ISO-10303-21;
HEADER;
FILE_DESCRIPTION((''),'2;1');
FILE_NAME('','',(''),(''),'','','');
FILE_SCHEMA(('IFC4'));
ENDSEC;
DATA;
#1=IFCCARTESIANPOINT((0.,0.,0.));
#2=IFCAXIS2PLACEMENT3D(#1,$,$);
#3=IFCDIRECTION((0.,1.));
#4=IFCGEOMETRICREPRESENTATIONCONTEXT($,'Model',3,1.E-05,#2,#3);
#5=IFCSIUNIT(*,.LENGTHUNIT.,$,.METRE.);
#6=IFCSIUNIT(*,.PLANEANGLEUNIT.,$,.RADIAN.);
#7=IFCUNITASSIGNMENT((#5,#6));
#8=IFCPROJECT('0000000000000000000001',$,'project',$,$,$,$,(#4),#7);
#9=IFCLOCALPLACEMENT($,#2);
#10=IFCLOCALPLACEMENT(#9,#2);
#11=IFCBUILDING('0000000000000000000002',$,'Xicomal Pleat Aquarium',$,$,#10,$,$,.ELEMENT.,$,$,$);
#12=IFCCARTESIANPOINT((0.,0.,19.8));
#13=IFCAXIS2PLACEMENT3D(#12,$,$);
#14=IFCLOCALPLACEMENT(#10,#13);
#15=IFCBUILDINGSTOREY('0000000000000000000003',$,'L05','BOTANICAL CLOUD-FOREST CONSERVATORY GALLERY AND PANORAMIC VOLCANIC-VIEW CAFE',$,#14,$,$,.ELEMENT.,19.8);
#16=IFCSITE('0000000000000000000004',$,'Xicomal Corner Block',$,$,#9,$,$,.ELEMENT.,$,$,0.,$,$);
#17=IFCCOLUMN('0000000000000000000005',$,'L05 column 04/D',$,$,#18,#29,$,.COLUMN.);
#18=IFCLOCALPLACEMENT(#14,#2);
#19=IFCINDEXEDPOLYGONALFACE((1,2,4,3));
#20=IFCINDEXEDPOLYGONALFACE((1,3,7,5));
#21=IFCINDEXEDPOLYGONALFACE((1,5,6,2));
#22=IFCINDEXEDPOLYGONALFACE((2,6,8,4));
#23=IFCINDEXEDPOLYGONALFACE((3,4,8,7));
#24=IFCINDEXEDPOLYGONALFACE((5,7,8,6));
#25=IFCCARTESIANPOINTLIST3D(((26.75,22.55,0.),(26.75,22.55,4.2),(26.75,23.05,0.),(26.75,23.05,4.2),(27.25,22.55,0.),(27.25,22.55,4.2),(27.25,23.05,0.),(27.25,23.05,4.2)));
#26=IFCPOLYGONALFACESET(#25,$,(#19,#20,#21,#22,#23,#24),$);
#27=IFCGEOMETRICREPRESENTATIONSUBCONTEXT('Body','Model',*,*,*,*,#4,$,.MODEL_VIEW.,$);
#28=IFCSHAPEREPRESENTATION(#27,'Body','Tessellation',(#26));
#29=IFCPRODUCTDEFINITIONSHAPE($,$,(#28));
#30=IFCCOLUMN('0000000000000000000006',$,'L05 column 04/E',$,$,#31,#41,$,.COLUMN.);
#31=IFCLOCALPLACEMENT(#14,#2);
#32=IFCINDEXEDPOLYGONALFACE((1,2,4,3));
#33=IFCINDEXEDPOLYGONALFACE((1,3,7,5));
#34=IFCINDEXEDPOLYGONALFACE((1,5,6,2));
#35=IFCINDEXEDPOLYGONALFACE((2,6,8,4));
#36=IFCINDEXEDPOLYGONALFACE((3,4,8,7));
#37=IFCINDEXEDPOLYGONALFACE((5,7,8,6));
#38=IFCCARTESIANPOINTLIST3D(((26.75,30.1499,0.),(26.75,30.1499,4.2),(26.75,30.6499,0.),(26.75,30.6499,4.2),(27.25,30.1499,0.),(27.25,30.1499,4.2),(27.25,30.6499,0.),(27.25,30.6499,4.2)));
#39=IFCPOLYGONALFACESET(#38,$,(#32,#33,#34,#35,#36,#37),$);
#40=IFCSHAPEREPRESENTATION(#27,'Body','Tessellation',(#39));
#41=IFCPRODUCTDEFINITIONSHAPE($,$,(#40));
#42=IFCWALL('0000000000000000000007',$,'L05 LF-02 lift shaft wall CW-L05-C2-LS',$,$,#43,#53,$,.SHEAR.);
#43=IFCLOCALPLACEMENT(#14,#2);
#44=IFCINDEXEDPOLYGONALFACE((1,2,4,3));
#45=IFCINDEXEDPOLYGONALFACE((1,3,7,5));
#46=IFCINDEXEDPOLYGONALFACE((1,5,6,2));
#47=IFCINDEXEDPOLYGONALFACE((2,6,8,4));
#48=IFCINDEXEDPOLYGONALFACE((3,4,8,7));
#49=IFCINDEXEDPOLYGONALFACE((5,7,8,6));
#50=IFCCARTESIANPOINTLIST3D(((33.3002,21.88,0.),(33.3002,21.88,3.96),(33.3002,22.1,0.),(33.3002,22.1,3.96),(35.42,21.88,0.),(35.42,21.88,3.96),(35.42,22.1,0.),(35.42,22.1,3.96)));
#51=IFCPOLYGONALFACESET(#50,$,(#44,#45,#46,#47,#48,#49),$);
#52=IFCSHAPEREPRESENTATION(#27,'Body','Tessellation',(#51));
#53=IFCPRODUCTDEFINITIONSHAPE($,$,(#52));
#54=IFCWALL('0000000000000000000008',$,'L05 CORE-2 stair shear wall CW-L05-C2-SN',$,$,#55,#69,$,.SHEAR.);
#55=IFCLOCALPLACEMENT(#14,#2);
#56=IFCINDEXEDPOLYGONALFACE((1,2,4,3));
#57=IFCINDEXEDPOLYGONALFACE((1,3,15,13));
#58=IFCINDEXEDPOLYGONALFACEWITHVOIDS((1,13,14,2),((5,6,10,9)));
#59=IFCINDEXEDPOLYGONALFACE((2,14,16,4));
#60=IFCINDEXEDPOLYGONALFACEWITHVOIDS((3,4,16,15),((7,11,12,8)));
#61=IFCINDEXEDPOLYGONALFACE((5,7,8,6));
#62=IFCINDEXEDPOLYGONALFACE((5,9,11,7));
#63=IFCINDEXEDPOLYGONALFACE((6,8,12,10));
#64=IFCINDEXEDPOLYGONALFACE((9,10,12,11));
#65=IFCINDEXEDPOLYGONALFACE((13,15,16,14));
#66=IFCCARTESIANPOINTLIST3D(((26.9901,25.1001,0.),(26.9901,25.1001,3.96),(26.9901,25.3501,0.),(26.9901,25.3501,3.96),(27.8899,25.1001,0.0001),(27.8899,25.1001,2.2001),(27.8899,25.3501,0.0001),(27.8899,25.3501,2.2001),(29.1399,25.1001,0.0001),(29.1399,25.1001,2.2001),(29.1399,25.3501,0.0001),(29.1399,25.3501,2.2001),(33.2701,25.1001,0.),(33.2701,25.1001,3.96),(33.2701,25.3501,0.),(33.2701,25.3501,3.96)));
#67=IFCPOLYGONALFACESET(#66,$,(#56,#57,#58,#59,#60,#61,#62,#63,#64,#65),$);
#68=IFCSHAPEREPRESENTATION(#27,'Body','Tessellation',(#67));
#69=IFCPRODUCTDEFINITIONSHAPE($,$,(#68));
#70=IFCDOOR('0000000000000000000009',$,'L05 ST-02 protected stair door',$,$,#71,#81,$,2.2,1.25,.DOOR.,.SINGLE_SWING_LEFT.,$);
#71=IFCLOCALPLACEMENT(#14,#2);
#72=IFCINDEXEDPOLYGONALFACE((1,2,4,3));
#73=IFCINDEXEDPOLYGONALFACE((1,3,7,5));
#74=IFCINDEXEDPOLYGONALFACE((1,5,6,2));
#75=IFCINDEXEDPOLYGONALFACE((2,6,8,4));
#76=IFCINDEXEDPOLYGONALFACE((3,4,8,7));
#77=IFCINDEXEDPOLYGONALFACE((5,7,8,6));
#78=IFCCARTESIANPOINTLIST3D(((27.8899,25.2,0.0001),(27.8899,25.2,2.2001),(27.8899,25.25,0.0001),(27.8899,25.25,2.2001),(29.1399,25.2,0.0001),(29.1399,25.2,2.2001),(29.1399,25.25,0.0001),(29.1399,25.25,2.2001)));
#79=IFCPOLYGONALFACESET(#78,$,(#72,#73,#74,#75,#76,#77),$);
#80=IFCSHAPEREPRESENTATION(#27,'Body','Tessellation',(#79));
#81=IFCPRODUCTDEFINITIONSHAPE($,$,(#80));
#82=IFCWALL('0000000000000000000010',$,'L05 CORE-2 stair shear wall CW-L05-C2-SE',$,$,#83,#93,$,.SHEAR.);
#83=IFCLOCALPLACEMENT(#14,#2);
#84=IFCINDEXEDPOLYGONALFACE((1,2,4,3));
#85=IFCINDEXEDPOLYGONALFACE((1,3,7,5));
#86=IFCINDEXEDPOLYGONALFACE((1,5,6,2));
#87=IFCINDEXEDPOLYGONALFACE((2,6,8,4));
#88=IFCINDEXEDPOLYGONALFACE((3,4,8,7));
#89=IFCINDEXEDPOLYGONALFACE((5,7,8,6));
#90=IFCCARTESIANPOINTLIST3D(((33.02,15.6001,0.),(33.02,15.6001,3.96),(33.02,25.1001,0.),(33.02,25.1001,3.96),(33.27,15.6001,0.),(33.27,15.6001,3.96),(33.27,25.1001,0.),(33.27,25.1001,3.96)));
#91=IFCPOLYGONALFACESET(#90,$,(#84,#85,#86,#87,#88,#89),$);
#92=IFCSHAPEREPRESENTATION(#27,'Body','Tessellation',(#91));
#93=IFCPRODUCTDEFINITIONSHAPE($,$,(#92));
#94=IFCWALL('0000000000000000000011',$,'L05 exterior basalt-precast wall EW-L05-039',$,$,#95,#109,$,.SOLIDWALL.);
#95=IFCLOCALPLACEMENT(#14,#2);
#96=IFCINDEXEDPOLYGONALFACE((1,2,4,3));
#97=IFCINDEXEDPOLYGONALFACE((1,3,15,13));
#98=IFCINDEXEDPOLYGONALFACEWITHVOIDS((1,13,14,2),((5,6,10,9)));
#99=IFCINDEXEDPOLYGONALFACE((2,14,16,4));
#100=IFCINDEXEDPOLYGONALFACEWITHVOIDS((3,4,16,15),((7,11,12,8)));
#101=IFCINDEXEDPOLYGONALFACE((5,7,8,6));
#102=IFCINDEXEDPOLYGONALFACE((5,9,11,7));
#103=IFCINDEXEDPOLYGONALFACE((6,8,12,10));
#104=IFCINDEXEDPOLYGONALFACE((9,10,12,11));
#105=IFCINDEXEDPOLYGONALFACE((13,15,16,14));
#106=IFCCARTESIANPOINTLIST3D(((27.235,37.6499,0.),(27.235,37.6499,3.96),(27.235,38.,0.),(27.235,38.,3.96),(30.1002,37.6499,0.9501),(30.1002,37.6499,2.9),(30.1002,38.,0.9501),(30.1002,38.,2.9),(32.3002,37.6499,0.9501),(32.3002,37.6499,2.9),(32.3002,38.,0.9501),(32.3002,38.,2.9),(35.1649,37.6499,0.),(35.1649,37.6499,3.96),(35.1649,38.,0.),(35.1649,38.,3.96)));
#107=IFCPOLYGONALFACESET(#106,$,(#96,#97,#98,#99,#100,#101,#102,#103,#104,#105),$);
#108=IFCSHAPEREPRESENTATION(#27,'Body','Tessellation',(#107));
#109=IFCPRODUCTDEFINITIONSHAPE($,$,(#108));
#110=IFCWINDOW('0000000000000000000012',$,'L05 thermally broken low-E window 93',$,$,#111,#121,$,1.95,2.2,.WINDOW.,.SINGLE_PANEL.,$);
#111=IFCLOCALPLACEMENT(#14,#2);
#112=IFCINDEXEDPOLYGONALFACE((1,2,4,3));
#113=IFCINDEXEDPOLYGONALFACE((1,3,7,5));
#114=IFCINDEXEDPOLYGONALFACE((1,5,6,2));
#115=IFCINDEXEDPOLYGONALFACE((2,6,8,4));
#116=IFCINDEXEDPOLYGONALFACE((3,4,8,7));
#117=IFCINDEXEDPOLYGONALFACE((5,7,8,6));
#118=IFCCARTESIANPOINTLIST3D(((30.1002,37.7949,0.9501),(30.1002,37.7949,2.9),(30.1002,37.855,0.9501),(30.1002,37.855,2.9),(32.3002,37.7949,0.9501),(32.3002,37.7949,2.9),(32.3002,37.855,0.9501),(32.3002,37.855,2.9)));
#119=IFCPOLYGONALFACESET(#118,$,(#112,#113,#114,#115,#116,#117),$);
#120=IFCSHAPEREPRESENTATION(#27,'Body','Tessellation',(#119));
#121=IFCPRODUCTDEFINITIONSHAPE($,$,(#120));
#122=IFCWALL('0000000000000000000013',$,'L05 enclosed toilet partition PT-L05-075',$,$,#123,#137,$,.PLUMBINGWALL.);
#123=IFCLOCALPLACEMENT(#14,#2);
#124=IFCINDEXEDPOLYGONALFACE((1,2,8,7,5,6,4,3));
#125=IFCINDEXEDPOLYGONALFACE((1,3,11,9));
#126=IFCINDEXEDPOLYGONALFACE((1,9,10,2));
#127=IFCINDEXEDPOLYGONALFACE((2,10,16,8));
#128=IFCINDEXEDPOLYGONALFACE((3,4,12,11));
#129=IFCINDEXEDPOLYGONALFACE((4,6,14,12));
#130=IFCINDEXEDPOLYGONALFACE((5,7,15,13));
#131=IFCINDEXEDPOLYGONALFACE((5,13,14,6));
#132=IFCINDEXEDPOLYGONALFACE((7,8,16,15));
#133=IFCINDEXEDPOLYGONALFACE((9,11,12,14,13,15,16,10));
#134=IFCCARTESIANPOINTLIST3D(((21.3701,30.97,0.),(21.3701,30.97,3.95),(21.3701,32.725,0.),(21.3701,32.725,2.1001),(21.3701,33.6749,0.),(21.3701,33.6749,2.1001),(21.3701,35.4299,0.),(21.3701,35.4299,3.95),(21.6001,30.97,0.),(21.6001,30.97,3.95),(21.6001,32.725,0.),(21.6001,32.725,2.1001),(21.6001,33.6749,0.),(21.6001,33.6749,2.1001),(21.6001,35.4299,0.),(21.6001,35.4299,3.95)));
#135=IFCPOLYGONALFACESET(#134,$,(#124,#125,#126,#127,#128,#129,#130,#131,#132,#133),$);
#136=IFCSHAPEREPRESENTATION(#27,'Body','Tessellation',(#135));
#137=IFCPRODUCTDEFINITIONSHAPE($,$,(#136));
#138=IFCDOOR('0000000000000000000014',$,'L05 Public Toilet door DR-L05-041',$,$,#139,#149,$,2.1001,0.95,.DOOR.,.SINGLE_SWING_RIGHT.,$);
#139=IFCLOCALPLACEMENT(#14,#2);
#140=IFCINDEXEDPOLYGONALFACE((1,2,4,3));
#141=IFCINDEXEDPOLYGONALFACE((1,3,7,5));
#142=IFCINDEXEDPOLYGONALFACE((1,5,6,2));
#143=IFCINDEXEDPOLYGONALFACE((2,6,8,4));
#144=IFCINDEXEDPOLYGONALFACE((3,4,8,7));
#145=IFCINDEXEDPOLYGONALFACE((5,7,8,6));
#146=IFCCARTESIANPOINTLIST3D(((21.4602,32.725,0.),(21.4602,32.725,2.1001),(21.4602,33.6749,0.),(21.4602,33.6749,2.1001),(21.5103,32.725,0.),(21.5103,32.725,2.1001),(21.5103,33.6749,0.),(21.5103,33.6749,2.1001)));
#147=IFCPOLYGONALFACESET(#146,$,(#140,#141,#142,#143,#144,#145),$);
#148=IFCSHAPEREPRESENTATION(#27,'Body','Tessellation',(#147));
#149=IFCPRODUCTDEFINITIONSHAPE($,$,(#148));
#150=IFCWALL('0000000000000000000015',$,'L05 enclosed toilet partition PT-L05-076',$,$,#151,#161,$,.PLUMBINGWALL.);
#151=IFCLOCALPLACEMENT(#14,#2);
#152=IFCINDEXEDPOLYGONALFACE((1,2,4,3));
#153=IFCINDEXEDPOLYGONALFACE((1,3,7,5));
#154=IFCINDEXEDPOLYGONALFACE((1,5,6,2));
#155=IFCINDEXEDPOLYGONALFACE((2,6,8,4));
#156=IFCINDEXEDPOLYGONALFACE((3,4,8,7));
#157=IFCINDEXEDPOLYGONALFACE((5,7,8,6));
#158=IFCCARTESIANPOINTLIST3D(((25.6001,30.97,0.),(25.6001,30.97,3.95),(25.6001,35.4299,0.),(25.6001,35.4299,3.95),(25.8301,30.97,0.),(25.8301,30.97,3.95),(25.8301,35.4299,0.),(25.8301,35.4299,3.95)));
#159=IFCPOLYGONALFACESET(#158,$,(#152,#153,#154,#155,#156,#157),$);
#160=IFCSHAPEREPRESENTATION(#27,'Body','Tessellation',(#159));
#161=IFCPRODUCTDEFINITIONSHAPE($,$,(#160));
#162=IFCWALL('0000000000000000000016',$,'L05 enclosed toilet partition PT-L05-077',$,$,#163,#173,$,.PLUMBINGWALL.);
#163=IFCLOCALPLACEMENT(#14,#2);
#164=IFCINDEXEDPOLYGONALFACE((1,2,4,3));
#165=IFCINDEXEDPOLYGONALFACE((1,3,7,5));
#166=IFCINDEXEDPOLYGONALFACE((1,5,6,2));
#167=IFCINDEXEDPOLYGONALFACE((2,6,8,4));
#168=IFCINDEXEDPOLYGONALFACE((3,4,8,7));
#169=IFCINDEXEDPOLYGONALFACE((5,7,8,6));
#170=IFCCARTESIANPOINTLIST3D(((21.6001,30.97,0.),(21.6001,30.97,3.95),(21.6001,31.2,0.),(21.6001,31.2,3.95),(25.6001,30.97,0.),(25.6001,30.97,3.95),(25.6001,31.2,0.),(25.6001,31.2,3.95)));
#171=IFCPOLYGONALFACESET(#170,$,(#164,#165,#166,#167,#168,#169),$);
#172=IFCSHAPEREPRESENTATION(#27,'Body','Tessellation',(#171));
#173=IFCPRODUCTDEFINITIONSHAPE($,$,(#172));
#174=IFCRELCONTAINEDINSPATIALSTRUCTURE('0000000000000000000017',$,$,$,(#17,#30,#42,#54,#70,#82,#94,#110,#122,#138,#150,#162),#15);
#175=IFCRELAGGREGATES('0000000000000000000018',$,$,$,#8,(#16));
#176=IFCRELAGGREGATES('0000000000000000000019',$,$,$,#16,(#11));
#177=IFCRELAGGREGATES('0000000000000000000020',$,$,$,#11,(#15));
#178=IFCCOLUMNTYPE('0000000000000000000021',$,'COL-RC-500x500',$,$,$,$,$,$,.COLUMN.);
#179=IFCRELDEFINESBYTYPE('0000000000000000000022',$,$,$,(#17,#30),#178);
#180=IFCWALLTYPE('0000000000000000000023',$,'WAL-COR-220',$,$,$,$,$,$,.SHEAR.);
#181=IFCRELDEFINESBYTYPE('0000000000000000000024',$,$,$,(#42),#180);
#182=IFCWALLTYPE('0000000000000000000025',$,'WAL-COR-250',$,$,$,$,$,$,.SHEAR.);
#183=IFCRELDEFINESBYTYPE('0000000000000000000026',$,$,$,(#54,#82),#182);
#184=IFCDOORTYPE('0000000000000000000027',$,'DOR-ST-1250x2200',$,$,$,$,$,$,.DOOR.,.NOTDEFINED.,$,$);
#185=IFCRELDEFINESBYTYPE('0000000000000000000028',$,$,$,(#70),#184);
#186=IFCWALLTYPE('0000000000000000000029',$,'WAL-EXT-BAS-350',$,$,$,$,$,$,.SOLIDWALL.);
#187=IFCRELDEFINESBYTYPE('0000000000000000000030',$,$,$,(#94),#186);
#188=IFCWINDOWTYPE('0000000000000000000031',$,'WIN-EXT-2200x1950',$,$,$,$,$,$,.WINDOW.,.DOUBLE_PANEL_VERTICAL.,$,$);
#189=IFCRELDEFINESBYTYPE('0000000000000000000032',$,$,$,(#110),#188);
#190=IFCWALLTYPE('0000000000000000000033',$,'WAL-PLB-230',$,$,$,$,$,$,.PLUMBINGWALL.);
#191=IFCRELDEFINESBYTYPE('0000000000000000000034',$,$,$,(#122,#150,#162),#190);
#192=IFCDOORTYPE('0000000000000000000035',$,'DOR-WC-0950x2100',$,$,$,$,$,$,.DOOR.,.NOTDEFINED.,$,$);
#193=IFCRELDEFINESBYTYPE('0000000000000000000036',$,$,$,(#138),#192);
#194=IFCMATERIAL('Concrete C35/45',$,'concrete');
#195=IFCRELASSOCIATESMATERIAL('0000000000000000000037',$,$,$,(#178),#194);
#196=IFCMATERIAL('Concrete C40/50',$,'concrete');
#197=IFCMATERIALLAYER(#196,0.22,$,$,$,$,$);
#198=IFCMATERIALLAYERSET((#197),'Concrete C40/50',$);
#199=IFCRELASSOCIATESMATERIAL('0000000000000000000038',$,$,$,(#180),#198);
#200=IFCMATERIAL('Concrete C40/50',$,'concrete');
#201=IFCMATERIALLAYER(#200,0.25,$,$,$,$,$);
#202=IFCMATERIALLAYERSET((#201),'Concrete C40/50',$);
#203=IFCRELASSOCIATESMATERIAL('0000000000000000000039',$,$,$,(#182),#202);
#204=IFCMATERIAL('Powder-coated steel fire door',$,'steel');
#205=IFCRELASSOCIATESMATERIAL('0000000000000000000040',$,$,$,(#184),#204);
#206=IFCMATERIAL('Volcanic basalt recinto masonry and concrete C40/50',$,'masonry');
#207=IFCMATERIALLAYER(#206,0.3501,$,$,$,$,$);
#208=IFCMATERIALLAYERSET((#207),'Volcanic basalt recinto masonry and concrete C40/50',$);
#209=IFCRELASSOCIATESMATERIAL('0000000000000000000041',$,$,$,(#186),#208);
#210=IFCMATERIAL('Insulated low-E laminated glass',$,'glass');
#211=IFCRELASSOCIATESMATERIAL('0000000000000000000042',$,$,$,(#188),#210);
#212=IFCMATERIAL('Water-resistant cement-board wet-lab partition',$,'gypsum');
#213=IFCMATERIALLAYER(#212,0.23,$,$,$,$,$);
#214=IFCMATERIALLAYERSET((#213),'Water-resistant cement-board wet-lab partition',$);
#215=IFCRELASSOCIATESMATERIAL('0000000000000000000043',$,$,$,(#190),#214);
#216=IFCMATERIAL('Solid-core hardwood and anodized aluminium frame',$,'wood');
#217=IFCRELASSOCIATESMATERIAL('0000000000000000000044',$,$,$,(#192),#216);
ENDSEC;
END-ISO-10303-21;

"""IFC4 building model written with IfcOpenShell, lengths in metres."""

from ifc_helpers import new_model, si_unit, direction, frame, frame_2d, origin, origin_2d, place, context, subcontext, project, spatial, rectangle, extrude, material, layer, layer_set, material_profile, profile_set, type_object, element, fill, save


model = new_model("IFC4")

# Units and contexts
model_context = context("Model", 3, precision=1e-05, world=origin(), true_north=direction((0.0, 1.0)))
body_context = subcontext(model_context, "Body", "Model", "MODEL_VIEW")
ifc_project = project(units=[si_unit("LENGTHUNIT", "METRE"), si_unit("PLANEANGLEUNIT", "RADIAN")], contexts=[model_context])

# Site, building, storey
site_placement = place(None, origin())
site = spatial("IfcSite", under=ifc_project, at=site_placement, Name="Xicomal Corner Block", CompositionType="ELEMENT", RefElevation=0.0)
building_placement = place(site_placement, origin())
building = spatial("IfcBuilding", under=site, at=building_placement, Name="Xicomal Pleat Aquarium", CompositionType="ELEMENT")
storey_placement = place(building_placement, frame((0.0, 0.0, 19.8)))
storey = spatial("IfcBuildingStorey", under=building, at=storey_placement, Name="L05", Description="BOTANICAL CLOUD-FOREST CONSERVATORY GALLERY AND PANORAMIC VOLCANIC-VIEW CAFE", CompositionType="ELEMENT", Elevation=19.8)

# Columns
ifc_material_1 = material(Name="Concrete C35/45", Category="concrete")
ifc_material_profile = material_profile(ifc_material_1, rectangle(XDim=0.5, YDim=0.5, at=origin_2d()), Name="RC 500x500")
ifc_profile_set = profile_set([ifc_material_profile], Name="Concrete C35/45")
column_type = type_object("IfcColumnType", Name="COL-RC-500x500", PredefinedType="COLUMN", material=ifc_profile_set)
for number, where, z_axis, x_axis, name in (
    (1, (27.0, 22.8, 0.0), (0.0, 0.0, 1.0), (1.0, 0.0, 0.0), "L05 column 04/D"),
    (2, (27.0, 30.3999, 0.0), (0.0, 0.0, 1.0), (1.0, 0.0, 0.0), "L05 column 04/E"),
):
    element("IfcColumn", number, at=place(storey_placement, frame(where, z_axis=z_axis, x_axis=x_axis)), inside=storey, type_object=column_type, Name=name, PredefinedType="COLUMN", context=body_context, shape_type="SweptSolid", body=[
        extrude(rectangle(XDim=0.5, YDim=0.5, at=origin_2d()), origin(), (0.0, 0.0, 1.0), 4.2),
    ])

# Wall
ifc_material_2 = material(Name="Concrete C40/50", Category="concrete")
ifc_layer_1 = layer(ifc_material_2, 0.22)
ifc_layer_set_1 = layer_set([ifc_layer_1], Name="Concrete C40/50")
wall_type_1 = type_object("IfcWallType", Name="WAL-COR-220", PredefinedType="SHEAR", material=ifc_layer_set_1)
wall_1_placement = place(storey_placement, frame((33.3, 21.99, 0.0), z_axis=(0.0, 0.0, 1.0), x_axis=(1.0, 0.0, 0.0)))
element("IfcWall", 3, at=wall_1_placement, inside=storey, type_object=wall_type_1, Name="L05 LF-02 lift shaft wall CW-L05-C2-LS", PredefinedType="SHEAR", context=body_context, shape_type="SweptSolid", body=[
    extrude(rectangle(XDim=2.1199, YDim=0.22, at=frame_2d((1.0601, 0.0))), origin(), (0.0, 0.0, 1.0), 3.96),
])

# Wall, opening, door
ifc_material_3 = material(Name="Concrete C40/50", Category="concrete")
ifc_layer_2 = layer(ifc_material_3, 0.25)
ifc_layer_set_2 = layer_set([ifc_layer_2], Name="Concrete C40/50")
wall_type_2 = type_object("IfcWallType", Name="WAL-COR-250", PredefinedType="SHEAR", material=ifc_layer_set_2)
wall_2_placement = place(storey_placement, frame((26.99, 25.2251, 0.0), z_axis=(0.0, 0.0, 1.0), x_axis=(1.0, 0.0, 0.0)))
wall_2 = element("IfcWall", 4, at=wall_2_placement, inside=storey, type_object=wall_type_2, Name="L05 CORE-2 stair shear wall CW-L05-C2-SN", PredefinedType="SHEAR", context=body_context, shape_type="SweptSolid", body=[
    extrude(rectangle(XDim=6.28, YDim=0.25, at=frame_2d((3.1401, 0.0))), origin(), (0.0, 0.0, 1.0), 3.96),
])
opening_1_placement = place(wall_2_placement, frame((0.8999, 0.0, 0.0)))
opening_1 = element("IfcOpeningElement", 5, at=opening_1_placement, cuts=wall_2, PredefinedType="OPENING", context=body_context, shape_type="SweptSolid", body=[
    extrude(rectangle(XDim=1.25, YDim=2.2, at=frame_2d((0.625, 1.1001))), frame((0.0, 0.135, 0.0), z_axis=(0.0, -1.0, 0.0), x_axis=(1.0, 0.0, 0.0)), (0.0, 0.0, 1.0), 0.27),
])
ifc_material_4 = material(Name="Powder-coated steel fire door", Category="steel")
door_type_1 = type_object("IfcDoorType", Name="DOR-ST-1250x2200", OperationType="NOTDEFINED", PredefinedType="DOOR", material=ifc_material_4)
door_1_placement = place(opening_1_placement, origin())
door_1 = element("IfcDoor", 6, at=door_1_placement, inside=storey, type_object=door_type_1, Name="L05 ST-02 protected stair door", OperationType="SINGLE_SWING_LEFT", OverallHeight=2.2, OverallWidth=1.25, PredefinedType="DOOR", context=body_context, shape_type="SweptSolid", body=[
    extrude(rectangle(XDim=1.25, YDim=2.2, at=frame_2d((0.625, 1.1001))), frame((0.0, 0.0249, 0.0), z_axis=(0.0, -1.0, 0.0), x_axis=(1.0, 0.0, 0.0)), (0.0, 0.0, 1.0), 0.05),
])
fill(opening_1, door_1)

# Wall
wall_3_placement = place(storey_placement, frame((33.145, 15.6001, 0.0), z_axis=(0.0, 0.0, 1.0), x_axis=(0.0, 1.0, 0.0)))
element("IfcWall", 7, at=wall_3_placement, inside=storey, type_object=wall_type_2, Name="L05 CORE-2 stair shear wall CW-L05-C2-SE", PredefinedType="SHEAR", context=body_context, shape_type="SweptSolid", body=[
    extrude(rectangle(XDim=9.5, YDim=0.25, at=frame_2d((4.75, 0.0))), origin(), (0.0, 0.0, 1.0), 3.96),
])

# Wall, opening, window
ifc_material_5 = material(Name="Volcanic basalt recinto masonry and concrete C40/50", Category="masonry")
ifc_layer_3 = layer(ifc_material_5, 0.3501)
ifc_layer_set_3 = layer_set([ifc_layer_3], Name="Volcanic basalt recinto masonry and concrete C40/50")
wall_type_3 = type_object("IfcWallType", Name="WAL-EXT-BAS-350", PredefinedType="SOLIDWALL", material=ifc_layer_set_3)
wall_4_placement = place(storey_placement, frame((27.2351, 37.825, 0.0), z_axis=(0.0, 0.0, 1.0), x_axis=(1.0, 0.0, 0.0)))
wall_4 = element("IfcWall", 8, at=wall_4_placement, inside=storey, type_object=wall_type_3, Name="L05 exterior basalt-precast wall EW-L05-039", PredefinedType="SOLIDWALL", context=body_context, shape_type="SweptSolid", body=[
    extrude(rectangle(XDim=7.9299, YDim=0.3501, at=frame_2d((3.9648, 0.0))), origin(), (0.0, 0.0, 1.0), 3.96),
])
opening_2_placement = place(wall_4_placement, frame((2.865, 0.0, 0.95)))
opening_2 = element("IfcOpeningElement", 9, at=opening_2_placement, cuts=wall_4, PredefinedType="OPENING", context=body_context, shape_type="SweptSolid", body=[
    extrude(rectangle(XDim=2.2, YDim=1.95, at=frame_2d((1.1001, 0.9751))), frame((0.0, 0.1851, 0.0), z_axis=(0.0, -1.0, 0.0), x_axis=(1.0, 0.0, 0.0)), (0.0, 0.0, 1.0), 0.3701),
])
ifc_material_6 = material(Name="Insulated low-E laminated glass", Category="glass")
window_type = type_object("IfcWindowType", Name="WIN-EXT-2200x1950", PartitioningType="DOUBLE_PANEL_VERTICAL", PredefinedType="WINDOW", material=ifc_material_6)
window_placement = place(opening_2_placement, origin())
window = element("IfcWindow", 10, at=window_placement, inside=storey, type_object=window_type, Name="L05 thermally broken low-E window 93", OverallHeight=1.95, OverallWidth=2.2, PartitioningType="SINGLE_PANEL", PredefinedType="WINDOW", context=body_context, shape_type="SweptSolid", body=[
    extrude(rectangle(XDim=2.2, YDim=1.95, at=frame_2d((1.1001, 0.9751))), frame((0.0, 0.03, 0.0), z_axis=(0.0, -1.0, 0.0), x_axis=(1.0, 0.0, 0.0)), (0.0, 0.0, 1.0), 0.0601),
])
fill(opening_2, window)

# Wall, opening, door
ifc_material_7 = material(Name="Water-resistant cement-board wet-lab partition", Category="gypsum")
ifc_layer_4 = layer(ifc_material_7, 0.23)
ifc_layer_set_4 = layer_set([ifc_layer_4], Name="Water-resistant cement-board wet-lab partition")
wall_type_4 = type_object("IfcWallType", Name="WAL-PLB-230", PredefinedType="PLUMBINGWALL", material=ifc_layer_set_4)
wall_5_placement = place(storey_placement, frame((21.4851, 30.97, 0.0), z_axis=(0.0, 0.0, 1.0), x_axis=(0.0, 1.0, 0.0)))
wall_5 = element("IfcWall", 11, at=wall_5_placement, inside=storey, type_object=wall_type_4, Name="L05 enclosed toilet partition PT-L05-075", PredefinedType="PLUMBINGWALL", context=body_context, shape_type="SweptSolid", body=[
    extrude(rectangle(XDim=4.46, YDim=0.23, at=frame_2d((2.23, 0.0))), origin(), (0.0, 0.0, 1.0), 3.95),
])
opening_3_placement = place(wall_5_placement, frame((1.7549, 0.0, 0.0)))
opening_3 = element("IfcOpeningElement", 12, at=opening_3_placement, cuts=wall_5, PredefinedType="OPENING", context=body_context, shape_type="SweptSolid", body=[
    extrude(rectangle(XDim=0.95, YDim=2.1001, at=frame_2d((0.4751, 1.05))), frame((0.0, 0.125, 0.0), z_axis=(0.0, -1.0, 0.0), x_axis=(1.0, 0.0, 0.0)), (0.0, 0.0, 1.0), 0.25),
])
ifc_material_8 = material(Name="Solid-core hardwood and anodized aluminium frame", Category="wood")
door_type_2 = type_object("IfcDoorType", Name="DOR-WC-0950x2100", OperationType="NOTDEFINED", PredefinedType="DOOR", material=ifc_material_8)
door_2_placement = place(opening_3_placement, origin())
door_2 = element("IfcDoor", 13, at=door_2_placement, inside=storey, type_object=door_type_2, Name="L05 Public Toilet door DR-L05-041", OperationType="SINGLE_SWING_RIGHT", OverallHeight=2.1001, OverallWidth=0.95, PredefinedType="DOOR", context=body_context, shape_type="SweptSolid", body=[
    extrude(rectangle(XDim=0.95, YDim=2.1001, at=frame_2d((0.4751, 1.05))), frame((0.0, 0.0249, 0.0), z_axis=(0.0, -1.0, 0.0), x_axis=(1.0, 0.0, 0.0)), (0.0, 0.0, 1.0), 0.05),
])
fill(opening_3, door_2)

# Walls
wall_6_placement = place(storey_placement, frame((25.7151, 30.97, 0.0), z_axis=(0.0, 0.0, 1.0), x_axis=(0.0, 1.0, 0.0)))
element("IfcWall", 14, at=wall_6_placement, inside=storey, type_object=wall_type_4, Name="L05 enclosed toilet partition PT-L05-076", PredefinedType="PLUMBINGWALL", context=body_context, shape_type="SweptSolid", body=[
    extrude(rectangle(XDim=4.46, YDim=0.23, at=frame_2d((2.23, 0.0))), origin(), (0.0, 0.0, 1.0), 3.95),
])
for number, where, z_axis, x_axis, name in (
    (15, (21.6001, 31.085, 0.0), (0.0, 0.0, 1.0), (1.0, 0.0, 0.0), "L05 enclosed toilet partition PT-L05-077"),
):
    element("IfcWall", number, at=place(storey_placement, frame(where, z_axis=z_axis, x_axis=x_axis)), inside=storey, type_object=wall_type_4, Name=name, PredefinedType="PLUMBINGWALL", context=body_context, shape_type="SweptSolid", body=[
        extrude(rectangle(XDim=4.0, YDim=0.23, at=frame_2d((2.0, 0.0))), origin(), (0.0, 0.0, 1.0), 3.95),
    ])

save(model, "model.ifc")
